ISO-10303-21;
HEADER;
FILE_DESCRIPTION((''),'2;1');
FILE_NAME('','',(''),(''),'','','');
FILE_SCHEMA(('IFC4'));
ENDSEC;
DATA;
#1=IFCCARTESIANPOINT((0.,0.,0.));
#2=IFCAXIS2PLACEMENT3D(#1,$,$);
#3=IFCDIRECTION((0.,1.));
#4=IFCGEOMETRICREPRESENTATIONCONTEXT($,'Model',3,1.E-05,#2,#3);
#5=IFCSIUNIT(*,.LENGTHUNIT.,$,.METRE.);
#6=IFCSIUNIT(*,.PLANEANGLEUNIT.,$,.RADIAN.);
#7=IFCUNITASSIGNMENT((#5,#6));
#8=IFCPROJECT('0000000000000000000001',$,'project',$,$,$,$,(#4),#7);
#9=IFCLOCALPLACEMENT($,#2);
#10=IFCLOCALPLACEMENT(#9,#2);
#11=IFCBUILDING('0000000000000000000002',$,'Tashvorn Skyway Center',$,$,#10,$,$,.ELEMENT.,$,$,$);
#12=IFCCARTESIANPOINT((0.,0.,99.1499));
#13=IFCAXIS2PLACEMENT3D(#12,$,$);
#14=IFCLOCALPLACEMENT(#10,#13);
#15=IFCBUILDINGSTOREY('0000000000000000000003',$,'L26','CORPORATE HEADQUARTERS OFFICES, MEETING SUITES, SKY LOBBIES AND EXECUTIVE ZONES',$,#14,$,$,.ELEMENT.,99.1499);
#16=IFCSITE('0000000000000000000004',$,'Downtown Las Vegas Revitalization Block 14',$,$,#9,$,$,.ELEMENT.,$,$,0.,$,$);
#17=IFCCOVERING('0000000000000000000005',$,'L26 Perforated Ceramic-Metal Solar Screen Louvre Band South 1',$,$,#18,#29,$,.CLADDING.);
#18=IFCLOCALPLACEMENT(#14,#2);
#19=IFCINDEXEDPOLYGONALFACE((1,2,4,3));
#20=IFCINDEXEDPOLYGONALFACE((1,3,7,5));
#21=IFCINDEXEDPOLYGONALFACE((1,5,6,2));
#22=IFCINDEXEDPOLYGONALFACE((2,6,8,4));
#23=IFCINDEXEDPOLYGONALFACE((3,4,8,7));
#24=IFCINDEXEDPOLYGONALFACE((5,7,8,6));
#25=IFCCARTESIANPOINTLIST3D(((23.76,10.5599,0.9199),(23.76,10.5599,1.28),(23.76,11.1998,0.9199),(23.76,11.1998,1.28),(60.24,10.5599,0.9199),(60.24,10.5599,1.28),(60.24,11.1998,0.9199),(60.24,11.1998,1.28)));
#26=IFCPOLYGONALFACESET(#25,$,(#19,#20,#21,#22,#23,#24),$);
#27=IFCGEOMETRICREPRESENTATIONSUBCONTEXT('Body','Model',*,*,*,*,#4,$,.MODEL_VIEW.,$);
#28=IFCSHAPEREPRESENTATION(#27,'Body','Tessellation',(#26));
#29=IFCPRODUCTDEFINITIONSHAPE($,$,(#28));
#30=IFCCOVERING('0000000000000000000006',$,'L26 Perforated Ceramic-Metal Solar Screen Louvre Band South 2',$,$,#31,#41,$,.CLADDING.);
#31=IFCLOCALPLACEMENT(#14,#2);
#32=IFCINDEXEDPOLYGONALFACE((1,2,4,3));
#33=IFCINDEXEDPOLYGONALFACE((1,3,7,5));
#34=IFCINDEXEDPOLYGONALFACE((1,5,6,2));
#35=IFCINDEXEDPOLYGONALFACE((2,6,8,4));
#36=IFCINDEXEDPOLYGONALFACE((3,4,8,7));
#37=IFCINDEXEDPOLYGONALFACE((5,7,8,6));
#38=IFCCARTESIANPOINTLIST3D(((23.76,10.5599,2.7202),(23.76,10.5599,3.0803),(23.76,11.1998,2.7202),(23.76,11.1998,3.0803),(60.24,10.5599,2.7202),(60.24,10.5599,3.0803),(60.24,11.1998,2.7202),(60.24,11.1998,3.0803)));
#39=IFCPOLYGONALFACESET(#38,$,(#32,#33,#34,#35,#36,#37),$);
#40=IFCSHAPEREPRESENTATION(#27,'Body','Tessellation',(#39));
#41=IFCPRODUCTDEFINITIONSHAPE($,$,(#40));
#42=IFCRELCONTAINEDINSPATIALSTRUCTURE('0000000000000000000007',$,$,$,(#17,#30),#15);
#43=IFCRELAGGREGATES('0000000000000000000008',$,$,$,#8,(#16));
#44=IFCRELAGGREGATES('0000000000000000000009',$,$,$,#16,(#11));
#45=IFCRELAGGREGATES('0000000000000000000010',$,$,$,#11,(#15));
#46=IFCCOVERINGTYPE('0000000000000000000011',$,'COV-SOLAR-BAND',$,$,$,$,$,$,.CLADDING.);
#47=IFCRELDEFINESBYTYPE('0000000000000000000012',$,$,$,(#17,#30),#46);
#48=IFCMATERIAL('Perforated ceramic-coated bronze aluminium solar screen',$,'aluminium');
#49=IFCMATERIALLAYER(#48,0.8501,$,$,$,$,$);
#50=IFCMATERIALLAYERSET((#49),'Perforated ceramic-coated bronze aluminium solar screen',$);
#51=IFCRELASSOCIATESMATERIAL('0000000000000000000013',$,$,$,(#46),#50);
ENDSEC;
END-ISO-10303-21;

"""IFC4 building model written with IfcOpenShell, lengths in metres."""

from ifc_helpers import new_model, si_unit, direction, frame, origin, origin_2d, place, context, subcontext, project, spatial, rectangle, extrude, material, layer, layer_set, type_object, element, save


model = new_model("IFC4")

# Units and contexts
model_context = context("Model", 3, precision=1e-05, world=origin(), true_north=direction((0.0, 1.0)))
body_context = subcontext(model_context, "Body", "Model", "MODEL_VIEW")
ifc_project = project(units=[si_unit("LENGTHUNIT", "METRE"), si_unit("PLANEANGLEUNIT", "RADIAN")], contexts=[model_context])

# Site, building, storey
site_placement = place(None, origin())
site = spatial("IfcSite", under=ifc_project, at=site_placement, Name="Downtown Las Vegas Revitalization Block 14", CompositionType="ELEMENT", RefElevation=0.0)
building_placement = place(site_placement, origin())
building = spatial("IfcBuilding", under=site, at=building_placement, Name="Tashvorn Skyway Center", CompositionType="ELEMENT")
storey_placement = place(building_placement, frame((0.0, 0.0, 99.1499)))
storey = spatial("IfcBuildingStorey", under=building, at=storey_placement, Name="L26", Description="CORPORATE HEADQUARTERS OFFICES, MEETING SUITES, SKY LOBBIES AND EXECUTIVE ZONES", CompositionType="ELEMENT", Elevation=99.1499)

# Coverings
ifc_material_1 = material(Name="Perforated ceramic-coated bronze aluminium solar screen", Category="aluminium")
ifc_layer_1 = layer(ifc_material_1, 0.8501)
ifc_layer_set_1 = layer_set([ifc_layer_1], Name="Perforated ceramic-coated bronze aluminium solar screen")
covering_type_1 = type_object("IfcCoveringType", Name="COV-SOLAR-BAND", PredefinedType="CLADDING", material=ifc_layer_set_1)
for number, where, z_axis, x_axis, name in (
    (1, (42.0, 10.8799, 0.9199), (0.0, 0.0, 1.0), (-1.0, 0.0, 0.0), "L26 Perforated Ceramic-Metal Solar Screen Louvre Band South 1"),
    (2, (42.0, 10.8799, 2.7202), (0.0, 0.0, 1.0), (-1.0, 0.0, 0.0), "L26 Perforated Ceramic-Metal Solar Screen Louvre Band South 2"),
):
    element("IfcCovering", number, at=place(storey_placement, frame(where, z_axis=z_axis, x_axis=x_axis)), inside=storey, type_object=covering_type_1, Name=name, PredefinedType="CLADDING", context=body_context, shape_type="SweptSolid", body=[
        extrude(rectangle(XDim=36.48, YDim=0.6399, at=origin_2d()), origin(), (0.0, 0.0, 1.0), 0.3601),
    ])

save(model, "model.ifc")
